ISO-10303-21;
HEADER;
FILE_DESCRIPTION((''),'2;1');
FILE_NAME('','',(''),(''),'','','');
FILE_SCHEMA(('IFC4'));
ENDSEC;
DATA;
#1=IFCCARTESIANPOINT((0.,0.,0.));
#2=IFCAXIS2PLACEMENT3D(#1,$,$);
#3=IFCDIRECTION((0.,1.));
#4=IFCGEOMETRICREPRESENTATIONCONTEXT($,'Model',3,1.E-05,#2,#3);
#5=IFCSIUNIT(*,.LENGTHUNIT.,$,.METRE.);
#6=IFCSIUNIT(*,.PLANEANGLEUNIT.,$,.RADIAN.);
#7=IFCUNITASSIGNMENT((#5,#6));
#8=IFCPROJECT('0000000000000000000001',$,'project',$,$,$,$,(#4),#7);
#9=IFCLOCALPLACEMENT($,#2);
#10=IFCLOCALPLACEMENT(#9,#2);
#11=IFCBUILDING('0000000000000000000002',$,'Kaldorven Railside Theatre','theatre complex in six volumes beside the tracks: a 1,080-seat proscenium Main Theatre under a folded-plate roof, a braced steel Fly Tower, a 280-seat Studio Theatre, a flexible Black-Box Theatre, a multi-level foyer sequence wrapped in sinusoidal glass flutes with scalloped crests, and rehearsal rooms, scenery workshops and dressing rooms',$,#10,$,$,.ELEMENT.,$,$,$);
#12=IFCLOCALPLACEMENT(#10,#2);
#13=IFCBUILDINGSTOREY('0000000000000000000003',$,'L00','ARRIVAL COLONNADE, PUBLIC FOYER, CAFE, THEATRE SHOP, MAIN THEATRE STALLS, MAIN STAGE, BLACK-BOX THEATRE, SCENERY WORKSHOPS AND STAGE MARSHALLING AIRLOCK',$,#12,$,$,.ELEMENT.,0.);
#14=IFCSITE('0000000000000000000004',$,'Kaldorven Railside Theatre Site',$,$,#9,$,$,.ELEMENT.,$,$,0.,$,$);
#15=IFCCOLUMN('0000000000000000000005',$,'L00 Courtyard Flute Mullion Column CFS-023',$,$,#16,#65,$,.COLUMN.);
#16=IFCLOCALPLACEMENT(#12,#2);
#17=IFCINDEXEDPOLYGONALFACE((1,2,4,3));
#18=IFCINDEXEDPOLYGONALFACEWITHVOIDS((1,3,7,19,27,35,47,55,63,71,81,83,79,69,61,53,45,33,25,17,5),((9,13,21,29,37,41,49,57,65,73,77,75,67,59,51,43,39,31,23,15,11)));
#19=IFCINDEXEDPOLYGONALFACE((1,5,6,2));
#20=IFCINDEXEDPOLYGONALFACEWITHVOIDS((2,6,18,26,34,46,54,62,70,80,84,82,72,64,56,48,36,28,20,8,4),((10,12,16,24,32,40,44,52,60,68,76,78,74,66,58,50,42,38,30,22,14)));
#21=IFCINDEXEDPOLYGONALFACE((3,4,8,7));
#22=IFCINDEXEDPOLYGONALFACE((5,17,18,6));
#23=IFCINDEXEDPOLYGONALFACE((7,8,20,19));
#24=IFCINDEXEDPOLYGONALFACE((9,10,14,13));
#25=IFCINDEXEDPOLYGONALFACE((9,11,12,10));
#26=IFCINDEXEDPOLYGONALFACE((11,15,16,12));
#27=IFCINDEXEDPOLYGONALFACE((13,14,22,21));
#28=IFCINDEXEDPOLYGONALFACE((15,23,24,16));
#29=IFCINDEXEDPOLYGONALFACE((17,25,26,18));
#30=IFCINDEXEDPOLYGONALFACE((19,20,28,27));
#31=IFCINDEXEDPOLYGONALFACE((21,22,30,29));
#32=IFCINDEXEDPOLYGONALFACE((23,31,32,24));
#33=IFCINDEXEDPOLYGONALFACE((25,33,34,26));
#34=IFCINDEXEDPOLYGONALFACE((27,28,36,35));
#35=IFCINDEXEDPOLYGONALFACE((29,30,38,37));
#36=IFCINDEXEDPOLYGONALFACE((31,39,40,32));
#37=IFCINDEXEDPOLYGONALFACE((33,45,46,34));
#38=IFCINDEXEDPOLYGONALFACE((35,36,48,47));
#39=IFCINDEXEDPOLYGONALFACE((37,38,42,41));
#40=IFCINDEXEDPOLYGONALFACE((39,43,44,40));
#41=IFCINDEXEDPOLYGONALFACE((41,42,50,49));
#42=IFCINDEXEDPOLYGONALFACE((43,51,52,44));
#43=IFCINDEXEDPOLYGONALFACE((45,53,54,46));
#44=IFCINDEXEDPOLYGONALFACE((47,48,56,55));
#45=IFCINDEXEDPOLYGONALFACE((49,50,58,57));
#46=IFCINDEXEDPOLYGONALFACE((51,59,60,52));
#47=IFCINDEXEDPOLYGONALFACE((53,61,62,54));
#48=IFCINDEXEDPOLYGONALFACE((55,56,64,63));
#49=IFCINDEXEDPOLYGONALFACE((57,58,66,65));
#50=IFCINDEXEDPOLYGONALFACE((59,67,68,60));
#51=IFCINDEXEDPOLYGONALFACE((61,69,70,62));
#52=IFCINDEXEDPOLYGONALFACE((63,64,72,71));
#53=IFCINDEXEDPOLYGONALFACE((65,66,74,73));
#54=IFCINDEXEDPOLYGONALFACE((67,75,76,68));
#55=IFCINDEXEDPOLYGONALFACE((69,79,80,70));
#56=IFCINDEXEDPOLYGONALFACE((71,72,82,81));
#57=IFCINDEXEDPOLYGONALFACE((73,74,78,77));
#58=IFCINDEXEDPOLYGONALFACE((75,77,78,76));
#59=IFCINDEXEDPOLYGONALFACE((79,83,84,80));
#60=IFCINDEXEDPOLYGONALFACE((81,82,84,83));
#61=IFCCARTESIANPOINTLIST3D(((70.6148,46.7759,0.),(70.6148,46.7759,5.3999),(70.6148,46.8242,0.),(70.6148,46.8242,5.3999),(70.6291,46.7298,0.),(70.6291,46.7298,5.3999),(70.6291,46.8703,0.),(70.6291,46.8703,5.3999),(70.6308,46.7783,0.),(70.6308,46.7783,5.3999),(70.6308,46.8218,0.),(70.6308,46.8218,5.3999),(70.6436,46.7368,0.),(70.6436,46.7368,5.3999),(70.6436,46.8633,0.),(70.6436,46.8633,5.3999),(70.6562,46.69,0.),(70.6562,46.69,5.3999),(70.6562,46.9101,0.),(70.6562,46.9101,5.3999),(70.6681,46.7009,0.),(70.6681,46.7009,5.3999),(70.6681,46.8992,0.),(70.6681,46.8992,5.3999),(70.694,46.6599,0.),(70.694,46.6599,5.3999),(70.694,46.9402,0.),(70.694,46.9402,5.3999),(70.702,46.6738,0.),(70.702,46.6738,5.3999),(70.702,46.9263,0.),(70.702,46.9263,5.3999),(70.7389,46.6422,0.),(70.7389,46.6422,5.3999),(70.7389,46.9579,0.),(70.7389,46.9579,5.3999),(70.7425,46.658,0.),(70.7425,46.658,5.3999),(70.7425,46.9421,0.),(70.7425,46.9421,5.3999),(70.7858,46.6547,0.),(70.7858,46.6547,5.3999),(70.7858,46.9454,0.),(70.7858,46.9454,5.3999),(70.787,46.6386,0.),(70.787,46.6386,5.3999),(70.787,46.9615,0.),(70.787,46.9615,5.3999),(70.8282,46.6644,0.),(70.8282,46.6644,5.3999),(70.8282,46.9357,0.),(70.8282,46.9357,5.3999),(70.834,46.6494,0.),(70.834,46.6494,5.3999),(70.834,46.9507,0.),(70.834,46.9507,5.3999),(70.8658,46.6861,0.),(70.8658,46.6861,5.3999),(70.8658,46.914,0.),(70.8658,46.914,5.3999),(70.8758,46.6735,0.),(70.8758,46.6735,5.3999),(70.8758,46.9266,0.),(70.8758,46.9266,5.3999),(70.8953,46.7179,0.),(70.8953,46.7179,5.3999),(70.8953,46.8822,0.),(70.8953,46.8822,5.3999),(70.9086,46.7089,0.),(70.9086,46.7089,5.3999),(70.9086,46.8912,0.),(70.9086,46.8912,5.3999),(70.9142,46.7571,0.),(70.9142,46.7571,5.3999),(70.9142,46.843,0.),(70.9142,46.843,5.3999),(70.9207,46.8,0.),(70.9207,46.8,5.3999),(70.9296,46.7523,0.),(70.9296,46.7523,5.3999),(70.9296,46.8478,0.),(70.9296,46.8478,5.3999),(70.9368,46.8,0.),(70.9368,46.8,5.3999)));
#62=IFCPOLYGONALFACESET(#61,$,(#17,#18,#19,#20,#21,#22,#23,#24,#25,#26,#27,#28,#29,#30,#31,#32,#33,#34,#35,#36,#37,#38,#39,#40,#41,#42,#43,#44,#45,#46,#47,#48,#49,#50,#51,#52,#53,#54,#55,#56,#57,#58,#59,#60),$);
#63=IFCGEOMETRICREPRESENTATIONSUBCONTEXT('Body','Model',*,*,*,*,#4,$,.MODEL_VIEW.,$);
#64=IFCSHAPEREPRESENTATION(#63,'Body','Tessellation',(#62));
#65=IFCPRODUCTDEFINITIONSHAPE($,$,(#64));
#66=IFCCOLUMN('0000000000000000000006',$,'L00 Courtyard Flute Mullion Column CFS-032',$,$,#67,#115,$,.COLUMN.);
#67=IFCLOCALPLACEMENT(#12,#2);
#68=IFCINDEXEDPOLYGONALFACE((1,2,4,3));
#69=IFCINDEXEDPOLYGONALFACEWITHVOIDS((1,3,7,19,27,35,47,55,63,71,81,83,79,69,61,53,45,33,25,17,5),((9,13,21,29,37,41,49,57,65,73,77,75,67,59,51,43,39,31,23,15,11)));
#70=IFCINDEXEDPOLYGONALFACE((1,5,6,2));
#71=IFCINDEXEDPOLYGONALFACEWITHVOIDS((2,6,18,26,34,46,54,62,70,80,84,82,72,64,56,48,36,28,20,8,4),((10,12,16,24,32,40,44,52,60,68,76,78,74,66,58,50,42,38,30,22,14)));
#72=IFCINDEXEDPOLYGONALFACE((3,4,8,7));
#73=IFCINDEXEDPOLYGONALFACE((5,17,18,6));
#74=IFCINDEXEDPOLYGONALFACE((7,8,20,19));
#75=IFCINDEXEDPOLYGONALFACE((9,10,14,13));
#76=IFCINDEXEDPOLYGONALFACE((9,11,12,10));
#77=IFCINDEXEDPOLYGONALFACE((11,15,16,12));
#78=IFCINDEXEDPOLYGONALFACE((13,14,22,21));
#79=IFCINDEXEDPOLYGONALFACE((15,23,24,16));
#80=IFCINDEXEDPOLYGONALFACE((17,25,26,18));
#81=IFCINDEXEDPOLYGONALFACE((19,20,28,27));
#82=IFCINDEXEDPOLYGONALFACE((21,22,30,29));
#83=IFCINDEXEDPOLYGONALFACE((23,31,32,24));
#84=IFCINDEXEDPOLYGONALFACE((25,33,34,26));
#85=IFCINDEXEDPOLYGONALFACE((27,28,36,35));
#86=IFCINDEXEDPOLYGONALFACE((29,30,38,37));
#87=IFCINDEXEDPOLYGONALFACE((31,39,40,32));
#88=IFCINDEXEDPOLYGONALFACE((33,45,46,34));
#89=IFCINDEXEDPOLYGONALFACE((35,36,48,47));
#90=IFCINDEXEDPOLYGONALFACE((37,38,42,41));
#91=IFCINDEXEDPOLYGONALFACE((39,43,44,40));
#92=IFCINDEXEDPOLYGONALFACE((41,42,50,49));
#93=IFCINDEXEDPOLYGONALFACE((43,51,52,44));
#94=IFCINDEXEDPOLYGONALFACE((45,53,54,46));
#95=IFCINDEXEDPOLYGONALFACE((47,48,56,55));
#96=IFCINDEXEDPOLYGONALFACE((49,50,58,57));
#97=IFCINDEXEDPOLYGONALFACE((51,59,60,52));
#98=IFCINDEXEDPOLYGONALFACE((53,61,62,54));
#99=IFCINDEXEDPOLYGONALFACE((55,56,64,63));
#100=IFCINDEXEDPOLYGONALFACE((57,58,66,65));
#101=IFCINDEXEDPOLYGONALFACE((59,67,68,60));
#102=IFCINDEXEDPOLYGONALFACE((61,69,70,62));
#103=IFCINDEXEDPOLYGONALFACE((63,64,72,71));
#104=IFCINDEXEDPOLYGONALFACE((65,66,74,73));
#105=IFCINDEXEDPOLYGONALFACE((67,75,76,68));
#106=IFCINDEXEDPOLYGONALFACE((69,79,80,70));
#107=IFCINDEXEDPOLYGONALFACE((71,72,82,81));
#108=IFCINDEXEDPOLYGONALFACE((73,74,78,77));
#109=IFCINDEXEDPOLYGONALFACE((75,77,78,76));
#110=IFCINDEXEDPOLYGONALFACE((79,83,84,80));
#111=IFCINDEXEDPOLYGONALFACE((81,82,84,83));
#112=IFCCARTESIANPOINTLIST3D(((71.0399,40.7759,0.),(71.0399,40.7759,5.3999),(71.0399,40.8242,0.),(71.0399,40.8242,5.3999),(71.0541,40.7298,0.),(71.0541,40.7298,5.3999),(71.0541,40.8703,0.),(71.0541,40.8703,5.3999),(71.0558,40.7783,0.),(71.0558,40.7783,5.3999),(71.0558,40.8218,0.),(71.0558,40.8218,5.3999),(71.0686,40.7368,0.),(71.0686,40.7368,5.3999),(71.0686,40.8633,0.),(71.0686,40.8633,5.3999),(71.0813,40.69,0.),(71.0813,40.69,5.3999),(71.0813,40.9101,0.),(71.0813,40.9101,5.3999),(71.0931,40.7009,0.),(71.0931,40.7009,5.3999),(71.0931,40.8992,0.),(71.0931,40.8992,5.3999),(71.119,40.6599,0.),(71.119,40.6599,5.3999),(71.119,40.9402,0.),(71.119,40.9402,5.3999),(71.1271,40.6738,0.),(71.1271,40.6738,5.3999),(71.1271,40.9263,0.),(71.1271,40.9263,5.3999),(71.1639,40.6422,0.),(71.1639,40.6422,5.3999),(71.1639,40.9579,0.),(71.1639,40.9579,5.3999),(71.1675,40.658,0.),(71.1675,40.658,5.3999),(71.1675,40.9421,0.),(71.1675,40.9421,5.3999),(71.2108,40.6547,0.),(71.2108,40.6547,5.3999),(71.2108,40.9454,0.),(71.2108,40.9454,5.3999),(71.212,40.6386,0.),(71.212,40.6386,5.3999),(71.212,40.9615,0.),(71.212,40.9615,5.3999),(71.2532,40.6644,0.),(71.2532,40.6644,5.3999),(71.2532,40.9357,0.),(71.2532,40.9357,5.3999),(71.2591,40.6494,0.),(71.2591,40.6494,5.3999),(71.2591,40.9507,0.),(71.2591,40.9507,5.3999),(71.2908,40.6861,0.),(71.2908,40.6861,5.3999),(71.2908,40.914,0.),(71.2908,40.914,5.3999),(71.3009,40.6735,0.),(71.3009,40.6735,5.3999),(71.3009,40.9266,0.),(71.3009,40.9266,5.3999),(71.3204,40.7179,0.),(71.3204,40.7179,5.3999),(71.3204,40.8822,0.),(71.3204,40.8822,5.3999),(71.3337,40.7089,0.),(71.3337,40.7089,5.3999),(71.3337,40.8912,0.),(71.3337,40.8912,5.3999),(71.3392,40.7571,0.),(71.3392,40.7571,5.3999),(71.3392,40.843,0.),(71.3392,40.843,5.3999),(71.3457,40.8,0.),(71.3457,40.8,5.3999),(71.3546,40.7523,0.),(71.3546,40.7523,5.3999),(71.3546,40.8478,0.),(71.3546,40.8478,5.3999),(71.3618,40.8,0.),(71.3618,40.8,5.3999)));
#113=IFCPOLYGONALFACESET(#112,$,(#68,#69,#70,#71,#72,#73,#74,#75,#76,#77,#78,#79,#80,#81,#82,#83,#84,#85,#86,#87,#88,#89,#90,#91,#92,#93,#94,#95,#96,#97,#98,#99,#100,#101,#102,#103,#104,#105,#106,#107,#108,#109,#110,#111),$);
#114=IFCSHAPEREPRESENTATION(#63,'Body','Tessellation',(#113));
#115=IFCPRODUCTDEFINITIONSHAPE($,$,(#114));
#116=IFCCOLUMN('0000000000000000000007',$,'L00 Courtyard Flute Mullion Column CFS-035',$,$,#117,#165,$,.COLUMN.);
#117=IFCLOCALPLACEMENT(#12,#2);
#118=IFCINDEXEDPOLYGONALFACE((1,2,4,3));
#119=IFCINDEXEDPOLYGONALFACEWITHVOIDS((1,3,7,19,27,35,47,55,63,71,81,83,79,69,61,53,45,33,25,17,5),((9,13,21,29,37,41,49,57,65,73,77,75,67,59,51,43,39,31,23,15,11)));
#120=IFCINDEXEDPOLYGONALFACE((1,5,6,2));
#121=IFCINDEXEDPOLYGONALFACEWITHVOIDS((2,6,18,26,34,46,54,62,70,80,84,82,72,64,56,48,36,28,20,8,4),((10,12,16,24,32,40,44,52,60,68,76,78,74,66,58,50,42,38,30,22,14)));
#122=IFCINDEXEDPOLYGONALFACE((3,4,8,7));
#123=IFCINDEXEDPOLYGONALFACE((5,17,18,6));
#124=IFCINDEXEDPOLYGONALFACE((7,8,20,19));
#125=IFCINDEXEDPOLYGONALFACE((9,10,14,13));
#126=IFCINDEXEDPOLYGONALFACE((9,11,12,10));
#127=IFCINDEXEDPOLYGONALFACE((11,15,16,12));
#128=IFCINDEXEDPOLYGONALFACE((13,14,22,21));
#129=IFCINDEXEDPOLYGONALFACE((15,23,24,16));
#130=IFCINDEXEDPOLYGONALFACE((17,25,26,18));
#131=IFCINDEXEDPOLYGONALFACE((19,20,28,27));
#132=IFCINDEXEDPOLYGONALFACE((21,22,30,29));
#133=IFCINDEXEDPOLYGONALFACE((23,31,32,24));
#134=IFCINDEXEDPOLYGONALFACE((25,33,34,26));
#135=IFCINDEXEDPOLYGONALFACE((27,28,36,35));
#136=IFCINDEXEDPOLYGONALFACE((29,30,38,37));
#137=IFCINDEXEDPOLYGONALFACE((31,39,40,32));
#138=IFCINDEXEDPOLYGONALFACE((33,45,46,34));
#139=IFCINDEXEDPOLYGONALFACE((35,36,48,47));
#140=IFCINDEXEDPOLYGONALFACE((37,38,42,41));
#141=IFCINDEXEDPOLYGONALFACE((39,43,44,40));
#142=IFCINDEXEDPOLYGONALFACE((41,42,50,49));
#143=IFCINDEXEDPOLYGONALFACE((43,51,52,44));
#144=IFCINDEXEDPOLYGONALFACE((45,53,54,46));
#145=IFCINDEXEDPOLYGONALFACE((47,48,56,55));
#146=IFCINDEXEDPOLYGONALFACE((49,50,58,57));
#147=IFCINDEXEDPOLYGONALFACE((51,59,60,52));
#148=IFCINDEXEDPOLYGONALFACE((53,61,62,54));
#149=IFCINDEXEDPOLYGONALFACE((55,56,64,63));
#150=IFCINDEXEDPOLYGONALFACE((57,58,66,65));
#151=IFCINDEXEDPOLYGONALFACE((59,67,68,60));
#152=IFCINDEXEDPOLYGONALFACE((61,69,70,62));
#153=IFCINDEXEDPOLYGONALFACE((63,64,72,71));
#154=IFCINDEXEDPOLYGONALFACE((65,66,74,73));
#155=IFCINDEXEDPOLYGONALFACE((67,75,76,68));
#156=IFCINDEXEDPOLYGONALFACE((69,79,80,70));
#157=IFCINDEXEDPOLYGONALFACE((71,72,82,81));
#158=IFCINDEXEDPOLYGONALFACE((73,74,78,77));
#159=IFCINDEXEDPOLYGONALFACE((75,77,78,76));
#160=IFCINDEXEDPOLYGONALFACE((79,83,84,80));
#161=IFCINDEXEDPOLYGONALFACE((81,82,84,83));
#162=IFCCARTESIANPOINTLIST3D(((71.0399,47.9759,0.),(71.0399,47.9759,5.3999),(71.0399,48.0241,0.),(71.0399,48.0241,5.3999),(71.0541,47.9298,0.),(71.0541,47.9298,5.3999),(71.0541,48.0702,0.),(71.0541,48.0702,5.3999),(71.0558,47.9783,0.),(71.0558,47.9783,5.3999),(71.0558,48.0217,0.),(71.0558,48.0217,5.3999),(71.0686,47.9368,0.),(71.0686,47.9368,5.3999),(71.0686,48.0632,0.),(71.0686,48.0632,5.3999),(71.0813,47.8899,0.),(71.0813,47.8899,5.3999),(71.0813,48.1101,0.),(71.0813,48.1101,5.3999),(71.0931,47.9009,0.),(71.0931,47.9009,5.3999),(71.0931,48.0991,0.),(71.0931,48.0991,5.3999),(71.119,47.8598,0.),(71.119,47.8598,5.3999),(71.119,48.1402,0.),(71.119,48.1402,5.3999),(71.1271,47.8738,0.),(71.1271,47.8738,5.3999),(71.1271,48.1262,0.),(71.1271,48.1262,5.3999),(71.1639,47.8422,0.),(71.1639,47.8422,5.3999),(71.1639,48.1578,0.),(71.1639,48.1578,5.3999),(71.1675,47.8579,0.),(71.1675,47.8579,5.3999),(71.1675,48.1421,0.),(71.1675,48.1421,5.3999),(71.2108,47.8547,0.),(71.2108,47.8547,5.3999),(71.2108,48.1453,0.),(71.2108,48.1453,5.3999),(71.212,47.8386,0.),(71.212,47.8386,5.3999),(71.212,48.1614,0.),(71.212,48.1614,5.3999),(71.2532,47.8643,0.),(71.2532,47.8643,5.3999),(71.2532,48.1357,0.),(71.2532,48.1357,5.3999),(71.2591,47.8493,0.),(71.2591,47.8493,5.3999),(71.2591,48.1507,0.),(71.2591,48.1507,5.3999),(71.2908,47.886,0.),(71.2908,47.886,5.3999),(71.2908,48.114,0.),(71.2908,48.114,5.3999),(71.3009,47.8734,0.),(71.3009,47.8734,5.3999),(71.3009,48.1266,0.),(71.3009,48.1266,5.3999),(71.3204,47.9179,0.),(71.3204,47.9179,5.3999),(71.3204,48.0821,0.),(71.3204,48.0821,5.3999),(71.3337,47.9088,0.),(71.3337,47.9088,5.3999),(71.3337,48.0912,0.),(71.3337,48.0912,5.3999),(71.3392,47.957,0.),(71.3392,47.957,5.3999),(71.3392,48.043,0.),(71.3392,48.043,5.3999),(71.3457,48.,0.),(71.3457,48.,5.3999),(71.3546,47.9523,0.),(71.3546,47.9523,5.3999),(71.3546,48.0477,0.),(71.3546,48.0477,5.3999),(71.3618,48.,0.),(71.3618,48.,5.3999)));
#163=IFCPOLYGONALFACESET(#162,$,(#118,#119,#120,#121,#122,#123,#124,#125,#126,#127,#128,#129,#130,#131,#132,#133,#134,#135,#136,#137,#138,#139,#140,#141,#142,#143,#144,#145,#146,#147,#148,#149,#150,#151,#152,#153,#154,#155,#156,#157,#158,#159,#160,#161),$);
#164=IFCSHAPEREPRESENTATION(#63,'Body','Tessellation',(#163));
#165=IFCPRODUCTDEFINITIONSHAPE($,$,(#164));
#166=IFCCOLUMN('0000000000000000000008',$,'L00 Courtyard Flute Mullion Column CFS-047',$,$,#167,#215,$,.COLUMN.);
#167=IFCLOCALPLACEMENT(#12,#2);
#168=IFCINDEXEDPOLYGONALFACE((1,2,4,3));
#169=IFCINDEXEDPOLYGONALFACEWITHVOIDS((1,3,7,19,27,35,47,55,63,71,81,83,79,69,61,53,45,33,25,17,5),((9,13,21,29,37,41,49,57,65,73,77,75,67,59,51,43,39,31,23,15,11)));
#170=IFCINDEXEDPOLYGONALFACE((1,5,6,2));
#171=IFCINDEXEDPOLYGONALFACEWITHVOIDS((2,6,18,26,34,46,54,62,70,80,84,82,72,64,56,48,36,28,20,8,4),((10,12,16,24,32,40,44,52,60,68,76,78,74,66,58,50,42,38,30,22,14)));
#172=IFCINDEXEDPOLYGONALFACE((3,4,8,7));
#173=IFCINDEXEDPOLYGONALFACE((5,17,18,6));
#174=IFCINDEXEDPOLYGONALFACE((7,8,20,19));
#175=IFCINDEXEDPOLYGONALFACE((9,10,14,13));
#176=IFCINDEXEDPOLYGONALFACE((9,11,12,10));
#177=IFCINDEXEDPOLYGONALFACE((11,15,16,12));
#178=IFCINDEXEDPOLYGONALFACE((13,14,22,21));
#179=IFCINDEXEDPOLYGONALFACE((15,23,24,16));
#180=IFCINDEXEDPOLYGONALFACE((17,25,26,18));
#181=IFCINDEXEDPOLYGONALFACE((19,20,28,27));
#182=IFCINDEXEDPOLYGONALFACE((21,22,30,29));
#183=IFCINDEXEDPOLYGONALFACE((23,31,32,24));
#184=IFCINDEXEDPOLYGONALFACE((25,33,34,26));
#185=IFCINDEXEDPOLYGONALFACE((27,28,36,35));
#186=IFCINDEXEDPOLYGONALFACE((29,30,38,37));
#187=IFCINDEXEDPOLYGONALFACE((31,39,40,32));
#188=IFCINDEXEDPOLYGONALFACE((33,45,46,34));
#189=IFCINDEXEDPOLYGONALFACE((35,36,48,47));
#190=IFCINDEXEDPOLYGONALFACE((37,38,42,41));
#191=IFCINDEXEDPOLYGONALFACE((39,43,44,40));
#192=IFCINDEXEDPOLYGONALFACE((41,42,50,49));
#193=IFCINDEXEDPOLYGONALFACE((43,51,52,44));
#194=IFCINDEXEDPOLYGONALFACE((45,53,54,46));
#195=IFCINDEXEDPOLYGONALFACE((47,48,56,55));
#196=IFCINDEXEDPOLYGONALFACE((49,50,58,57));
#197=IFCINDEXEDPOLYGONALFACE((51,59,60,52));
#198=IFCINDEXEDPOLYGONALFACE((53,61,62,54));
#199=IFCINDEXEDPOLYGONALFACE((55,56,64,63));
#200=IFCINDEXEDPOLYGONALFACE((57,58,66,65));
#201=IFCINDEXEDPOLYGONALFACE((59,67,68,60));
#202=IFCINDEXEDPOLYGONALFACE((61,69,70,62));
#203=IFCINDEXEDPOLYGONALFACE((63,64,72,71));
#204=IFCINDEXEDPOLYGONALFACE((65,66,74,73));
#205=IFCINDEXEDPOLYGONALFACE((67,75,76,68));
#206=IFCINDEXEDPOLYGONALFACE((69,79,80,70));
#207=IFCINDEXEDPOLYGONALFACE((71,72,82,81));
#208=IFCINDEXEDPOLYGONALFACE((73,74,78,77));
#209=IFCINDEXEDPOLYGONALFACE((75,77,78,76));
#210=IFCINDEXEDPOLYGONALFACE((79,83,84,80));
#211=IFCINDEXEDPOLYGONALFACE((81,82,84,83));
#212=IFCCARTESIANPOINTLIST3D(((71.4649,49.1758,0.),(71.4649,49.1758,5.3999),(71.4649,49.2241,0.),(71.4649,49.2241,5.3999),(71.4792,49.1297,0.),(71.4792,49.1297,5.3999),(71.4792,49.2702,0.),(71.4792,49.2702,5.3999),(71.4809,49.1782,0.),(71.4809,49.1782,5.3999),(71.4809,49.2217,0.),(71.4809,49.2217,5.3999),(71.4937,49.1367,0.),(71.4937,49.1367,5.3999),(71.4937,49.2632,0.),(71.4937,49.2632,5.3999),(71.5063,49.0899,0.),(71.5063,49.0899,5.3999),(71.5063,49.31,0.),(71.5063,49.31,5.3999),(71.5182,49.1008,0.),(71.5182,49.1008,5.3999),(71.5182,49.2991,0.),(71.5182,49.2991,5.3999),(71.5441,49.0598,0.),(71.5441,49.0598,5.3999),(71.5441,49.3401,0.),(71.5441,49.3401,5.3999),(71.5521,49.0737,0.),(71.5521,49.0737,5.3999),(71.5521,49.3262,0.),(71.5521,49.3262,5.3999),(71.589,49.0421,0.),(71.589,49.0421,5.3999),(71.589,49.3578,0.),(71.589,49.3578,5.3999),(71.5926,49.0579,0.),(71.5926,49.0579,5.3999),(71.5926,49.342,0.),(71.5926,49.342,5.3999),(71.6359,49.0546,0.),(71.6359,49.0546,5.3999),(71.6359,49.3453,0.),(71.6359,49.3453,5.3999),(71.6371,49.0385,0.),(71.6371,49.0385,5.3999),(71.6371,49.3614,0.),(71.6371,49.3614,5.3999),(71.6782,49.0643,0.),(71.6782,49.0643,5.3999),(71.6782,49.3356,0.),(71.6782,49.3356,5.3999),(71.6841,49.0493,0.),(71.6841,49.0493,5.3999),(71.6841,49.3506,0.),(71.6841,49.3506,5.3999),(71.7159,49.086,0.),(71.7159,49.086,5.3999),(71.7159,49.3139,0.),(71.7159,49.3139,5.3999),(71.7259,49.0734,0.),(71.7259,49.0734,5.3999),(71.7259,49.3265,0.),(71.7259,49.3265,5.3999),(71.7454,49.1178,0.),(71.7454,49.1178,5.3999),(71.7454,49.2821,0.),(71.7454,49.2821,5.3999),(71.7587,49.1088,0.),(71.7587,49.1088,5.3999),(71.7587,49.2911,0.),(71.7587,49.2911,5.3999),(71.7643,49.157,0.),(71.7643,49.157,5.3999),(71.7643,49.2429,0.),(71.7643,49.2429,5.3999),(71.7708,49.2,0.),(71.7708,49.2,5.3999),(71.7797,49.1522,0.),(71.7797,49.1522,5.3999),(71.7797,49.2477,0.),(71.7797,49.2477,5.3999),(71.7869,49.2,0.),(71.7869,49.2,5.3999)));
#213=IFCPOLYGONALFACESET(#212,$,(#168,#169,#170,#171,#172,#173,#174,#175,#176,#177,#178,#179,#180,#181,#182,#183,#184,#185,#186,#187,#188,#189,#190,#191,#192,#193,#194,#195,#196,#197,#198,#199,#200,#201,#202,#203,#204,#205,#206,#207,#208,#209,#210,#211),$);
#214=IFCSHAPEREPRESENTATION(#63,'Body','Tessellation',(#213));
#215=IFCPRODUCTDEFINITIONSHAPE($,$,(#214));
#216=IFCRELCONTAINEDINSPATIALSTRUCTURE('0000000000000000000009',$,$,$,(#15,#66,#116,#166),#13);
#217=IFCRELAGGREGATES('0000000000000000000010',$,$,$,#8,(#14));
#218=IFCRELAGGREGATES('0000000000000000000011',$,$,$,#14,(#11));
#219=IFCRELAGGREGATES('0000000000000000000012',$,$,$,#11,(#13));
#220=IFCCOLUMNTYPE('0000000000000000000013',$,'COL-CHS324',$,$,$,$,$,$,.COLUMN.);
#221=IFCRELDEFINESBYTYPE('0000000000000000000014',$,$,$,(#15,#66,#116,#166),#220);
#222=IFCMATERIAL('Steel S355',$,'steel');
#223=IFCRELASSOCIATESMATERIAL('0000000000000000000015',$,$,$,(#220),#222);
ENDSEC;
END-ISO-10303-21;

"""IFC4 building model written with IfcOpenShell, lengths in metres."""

from ifc_helpers import new_model, si_unit, direction, frame, origin, origin_2d, place, context, subcontext, project, spatial, hollow_circle, extrude, material, material_profile, profile_set, type_object, element, save


model = new_model("IFC4")

# Units and contexts
model_context = context("Model", 3, precision=1e-05, world=origin(), true_north=direction((0.0, 1.0)))
body_context = subcontext(model_context, "Body", "Model", "MODEL_VIEW")
ifc_project = project(units=[si_unit("LENGTHUNIT", "METRE"), si_unit("PLANEANGLEUNIT", "RADIAN")], contexts=[model_context])

# Site, building, storey
site_placement = place(None, origin())
site = spatial("IfcSite", under=ifc_project, at=site_placement, Name="Kaldorven Railside Theatre Site", CompositionType="ELEMENT", RefElevation=0.0)
building_placement = place(site_placement, origin())
building = spatial("IfcBuilding", under=site, at=building_placement, Name="Kaldorven Railside Theatre", Description="theatre complex in six volumes beside the tracks: a 1,080-seat proscenium Main Theatre under a folded-plate roof, a braced steel Fly Tower, a 280-seat Studio Theatre, a flexible Black-Box Theatre, a multi-level foyer sequence wrapped in sinusoidal glass flutes with scalloped crests, and rehearsal rooms, scenery workshops and dressing rooms", CompositionType="ELEMENT")
storey_placement = place(building_placement, origin())
storey = spatial("IfcBuildingStorey", under=building, at=storey_placement, Name="L00", Description="ARRIVAL COLONNADE, PUBLIC FOYER, CAFE, THEATRE SHOP, MAIN THEATRE STALLS, MAIN STAGE, BLACK-BOX THEATRE, SCENERY WORKSHOPS AND STAGE MARSHALLING AIRLOCK", CompositionType="ELEMENT", Elevation=0.0)

# Columns
ifc_material_1 = material(Name="Steel S355", Category="steel")
ifc_material_profile_1 = material_profile(ifc_material_1, hollow_circle(Radius=0.1619, WallThickness=0.0161, at=origin_2d()), Name="CHS 323.9x16")
ifc_profile_set_1 = profile_set([ifc_material_profile_1], Name="Steel S355")
column_type_1 = type_object("IfcColumnType", Name="COL-CHS324", PredefinedType="COLUMN", material=ifc_profile_set_1)
for number, where, z_axis, x_axis, name in (
    (1, (70.7749, 46.8, 0.0), (0.0, 0.0, 1.0), (1.0, 0.0, 0.0), "L00 Courtyard Flute Mullion Column CFS-023"),
    (2, (71.2, 40.8, 0.0), (0.0, 0.0, 1.0), (1.0, 0.0, 0.0), "L00 Courtyard Flute Mullion Column CFS-032"),
    (3, (71.2, 48.0, 0.0), (0.0, 0.0, 1.0), (1.0, 0.0, 0.0), "L00 Courtyard Flute Mullion Column CFS-035"),
    (4, (71.625, 49.2, 0.0), (0.0, 0.0, 1.0), (1.0, 0.0, 0.0), "L00 Courtyard Flute Mullion Column CFS-047"),
):
    element("IfcColumn", number, at=place(storey_placement, frame(where, z_axis=z_axis, x_axis=x_axis)), inside=storey, type_object=column_type_1, Name=name, PredefinedType="COLUMN", context=body_context, shape_type="SweptSolid", body=[
        extrude(hollow_circle(Radius=0.1619, WallThickness=0.0161, at=origin_2d()), origin(), (0.0, 0.0, 1.0), 5.3999),
    ])

save(model, "model.ifc")
